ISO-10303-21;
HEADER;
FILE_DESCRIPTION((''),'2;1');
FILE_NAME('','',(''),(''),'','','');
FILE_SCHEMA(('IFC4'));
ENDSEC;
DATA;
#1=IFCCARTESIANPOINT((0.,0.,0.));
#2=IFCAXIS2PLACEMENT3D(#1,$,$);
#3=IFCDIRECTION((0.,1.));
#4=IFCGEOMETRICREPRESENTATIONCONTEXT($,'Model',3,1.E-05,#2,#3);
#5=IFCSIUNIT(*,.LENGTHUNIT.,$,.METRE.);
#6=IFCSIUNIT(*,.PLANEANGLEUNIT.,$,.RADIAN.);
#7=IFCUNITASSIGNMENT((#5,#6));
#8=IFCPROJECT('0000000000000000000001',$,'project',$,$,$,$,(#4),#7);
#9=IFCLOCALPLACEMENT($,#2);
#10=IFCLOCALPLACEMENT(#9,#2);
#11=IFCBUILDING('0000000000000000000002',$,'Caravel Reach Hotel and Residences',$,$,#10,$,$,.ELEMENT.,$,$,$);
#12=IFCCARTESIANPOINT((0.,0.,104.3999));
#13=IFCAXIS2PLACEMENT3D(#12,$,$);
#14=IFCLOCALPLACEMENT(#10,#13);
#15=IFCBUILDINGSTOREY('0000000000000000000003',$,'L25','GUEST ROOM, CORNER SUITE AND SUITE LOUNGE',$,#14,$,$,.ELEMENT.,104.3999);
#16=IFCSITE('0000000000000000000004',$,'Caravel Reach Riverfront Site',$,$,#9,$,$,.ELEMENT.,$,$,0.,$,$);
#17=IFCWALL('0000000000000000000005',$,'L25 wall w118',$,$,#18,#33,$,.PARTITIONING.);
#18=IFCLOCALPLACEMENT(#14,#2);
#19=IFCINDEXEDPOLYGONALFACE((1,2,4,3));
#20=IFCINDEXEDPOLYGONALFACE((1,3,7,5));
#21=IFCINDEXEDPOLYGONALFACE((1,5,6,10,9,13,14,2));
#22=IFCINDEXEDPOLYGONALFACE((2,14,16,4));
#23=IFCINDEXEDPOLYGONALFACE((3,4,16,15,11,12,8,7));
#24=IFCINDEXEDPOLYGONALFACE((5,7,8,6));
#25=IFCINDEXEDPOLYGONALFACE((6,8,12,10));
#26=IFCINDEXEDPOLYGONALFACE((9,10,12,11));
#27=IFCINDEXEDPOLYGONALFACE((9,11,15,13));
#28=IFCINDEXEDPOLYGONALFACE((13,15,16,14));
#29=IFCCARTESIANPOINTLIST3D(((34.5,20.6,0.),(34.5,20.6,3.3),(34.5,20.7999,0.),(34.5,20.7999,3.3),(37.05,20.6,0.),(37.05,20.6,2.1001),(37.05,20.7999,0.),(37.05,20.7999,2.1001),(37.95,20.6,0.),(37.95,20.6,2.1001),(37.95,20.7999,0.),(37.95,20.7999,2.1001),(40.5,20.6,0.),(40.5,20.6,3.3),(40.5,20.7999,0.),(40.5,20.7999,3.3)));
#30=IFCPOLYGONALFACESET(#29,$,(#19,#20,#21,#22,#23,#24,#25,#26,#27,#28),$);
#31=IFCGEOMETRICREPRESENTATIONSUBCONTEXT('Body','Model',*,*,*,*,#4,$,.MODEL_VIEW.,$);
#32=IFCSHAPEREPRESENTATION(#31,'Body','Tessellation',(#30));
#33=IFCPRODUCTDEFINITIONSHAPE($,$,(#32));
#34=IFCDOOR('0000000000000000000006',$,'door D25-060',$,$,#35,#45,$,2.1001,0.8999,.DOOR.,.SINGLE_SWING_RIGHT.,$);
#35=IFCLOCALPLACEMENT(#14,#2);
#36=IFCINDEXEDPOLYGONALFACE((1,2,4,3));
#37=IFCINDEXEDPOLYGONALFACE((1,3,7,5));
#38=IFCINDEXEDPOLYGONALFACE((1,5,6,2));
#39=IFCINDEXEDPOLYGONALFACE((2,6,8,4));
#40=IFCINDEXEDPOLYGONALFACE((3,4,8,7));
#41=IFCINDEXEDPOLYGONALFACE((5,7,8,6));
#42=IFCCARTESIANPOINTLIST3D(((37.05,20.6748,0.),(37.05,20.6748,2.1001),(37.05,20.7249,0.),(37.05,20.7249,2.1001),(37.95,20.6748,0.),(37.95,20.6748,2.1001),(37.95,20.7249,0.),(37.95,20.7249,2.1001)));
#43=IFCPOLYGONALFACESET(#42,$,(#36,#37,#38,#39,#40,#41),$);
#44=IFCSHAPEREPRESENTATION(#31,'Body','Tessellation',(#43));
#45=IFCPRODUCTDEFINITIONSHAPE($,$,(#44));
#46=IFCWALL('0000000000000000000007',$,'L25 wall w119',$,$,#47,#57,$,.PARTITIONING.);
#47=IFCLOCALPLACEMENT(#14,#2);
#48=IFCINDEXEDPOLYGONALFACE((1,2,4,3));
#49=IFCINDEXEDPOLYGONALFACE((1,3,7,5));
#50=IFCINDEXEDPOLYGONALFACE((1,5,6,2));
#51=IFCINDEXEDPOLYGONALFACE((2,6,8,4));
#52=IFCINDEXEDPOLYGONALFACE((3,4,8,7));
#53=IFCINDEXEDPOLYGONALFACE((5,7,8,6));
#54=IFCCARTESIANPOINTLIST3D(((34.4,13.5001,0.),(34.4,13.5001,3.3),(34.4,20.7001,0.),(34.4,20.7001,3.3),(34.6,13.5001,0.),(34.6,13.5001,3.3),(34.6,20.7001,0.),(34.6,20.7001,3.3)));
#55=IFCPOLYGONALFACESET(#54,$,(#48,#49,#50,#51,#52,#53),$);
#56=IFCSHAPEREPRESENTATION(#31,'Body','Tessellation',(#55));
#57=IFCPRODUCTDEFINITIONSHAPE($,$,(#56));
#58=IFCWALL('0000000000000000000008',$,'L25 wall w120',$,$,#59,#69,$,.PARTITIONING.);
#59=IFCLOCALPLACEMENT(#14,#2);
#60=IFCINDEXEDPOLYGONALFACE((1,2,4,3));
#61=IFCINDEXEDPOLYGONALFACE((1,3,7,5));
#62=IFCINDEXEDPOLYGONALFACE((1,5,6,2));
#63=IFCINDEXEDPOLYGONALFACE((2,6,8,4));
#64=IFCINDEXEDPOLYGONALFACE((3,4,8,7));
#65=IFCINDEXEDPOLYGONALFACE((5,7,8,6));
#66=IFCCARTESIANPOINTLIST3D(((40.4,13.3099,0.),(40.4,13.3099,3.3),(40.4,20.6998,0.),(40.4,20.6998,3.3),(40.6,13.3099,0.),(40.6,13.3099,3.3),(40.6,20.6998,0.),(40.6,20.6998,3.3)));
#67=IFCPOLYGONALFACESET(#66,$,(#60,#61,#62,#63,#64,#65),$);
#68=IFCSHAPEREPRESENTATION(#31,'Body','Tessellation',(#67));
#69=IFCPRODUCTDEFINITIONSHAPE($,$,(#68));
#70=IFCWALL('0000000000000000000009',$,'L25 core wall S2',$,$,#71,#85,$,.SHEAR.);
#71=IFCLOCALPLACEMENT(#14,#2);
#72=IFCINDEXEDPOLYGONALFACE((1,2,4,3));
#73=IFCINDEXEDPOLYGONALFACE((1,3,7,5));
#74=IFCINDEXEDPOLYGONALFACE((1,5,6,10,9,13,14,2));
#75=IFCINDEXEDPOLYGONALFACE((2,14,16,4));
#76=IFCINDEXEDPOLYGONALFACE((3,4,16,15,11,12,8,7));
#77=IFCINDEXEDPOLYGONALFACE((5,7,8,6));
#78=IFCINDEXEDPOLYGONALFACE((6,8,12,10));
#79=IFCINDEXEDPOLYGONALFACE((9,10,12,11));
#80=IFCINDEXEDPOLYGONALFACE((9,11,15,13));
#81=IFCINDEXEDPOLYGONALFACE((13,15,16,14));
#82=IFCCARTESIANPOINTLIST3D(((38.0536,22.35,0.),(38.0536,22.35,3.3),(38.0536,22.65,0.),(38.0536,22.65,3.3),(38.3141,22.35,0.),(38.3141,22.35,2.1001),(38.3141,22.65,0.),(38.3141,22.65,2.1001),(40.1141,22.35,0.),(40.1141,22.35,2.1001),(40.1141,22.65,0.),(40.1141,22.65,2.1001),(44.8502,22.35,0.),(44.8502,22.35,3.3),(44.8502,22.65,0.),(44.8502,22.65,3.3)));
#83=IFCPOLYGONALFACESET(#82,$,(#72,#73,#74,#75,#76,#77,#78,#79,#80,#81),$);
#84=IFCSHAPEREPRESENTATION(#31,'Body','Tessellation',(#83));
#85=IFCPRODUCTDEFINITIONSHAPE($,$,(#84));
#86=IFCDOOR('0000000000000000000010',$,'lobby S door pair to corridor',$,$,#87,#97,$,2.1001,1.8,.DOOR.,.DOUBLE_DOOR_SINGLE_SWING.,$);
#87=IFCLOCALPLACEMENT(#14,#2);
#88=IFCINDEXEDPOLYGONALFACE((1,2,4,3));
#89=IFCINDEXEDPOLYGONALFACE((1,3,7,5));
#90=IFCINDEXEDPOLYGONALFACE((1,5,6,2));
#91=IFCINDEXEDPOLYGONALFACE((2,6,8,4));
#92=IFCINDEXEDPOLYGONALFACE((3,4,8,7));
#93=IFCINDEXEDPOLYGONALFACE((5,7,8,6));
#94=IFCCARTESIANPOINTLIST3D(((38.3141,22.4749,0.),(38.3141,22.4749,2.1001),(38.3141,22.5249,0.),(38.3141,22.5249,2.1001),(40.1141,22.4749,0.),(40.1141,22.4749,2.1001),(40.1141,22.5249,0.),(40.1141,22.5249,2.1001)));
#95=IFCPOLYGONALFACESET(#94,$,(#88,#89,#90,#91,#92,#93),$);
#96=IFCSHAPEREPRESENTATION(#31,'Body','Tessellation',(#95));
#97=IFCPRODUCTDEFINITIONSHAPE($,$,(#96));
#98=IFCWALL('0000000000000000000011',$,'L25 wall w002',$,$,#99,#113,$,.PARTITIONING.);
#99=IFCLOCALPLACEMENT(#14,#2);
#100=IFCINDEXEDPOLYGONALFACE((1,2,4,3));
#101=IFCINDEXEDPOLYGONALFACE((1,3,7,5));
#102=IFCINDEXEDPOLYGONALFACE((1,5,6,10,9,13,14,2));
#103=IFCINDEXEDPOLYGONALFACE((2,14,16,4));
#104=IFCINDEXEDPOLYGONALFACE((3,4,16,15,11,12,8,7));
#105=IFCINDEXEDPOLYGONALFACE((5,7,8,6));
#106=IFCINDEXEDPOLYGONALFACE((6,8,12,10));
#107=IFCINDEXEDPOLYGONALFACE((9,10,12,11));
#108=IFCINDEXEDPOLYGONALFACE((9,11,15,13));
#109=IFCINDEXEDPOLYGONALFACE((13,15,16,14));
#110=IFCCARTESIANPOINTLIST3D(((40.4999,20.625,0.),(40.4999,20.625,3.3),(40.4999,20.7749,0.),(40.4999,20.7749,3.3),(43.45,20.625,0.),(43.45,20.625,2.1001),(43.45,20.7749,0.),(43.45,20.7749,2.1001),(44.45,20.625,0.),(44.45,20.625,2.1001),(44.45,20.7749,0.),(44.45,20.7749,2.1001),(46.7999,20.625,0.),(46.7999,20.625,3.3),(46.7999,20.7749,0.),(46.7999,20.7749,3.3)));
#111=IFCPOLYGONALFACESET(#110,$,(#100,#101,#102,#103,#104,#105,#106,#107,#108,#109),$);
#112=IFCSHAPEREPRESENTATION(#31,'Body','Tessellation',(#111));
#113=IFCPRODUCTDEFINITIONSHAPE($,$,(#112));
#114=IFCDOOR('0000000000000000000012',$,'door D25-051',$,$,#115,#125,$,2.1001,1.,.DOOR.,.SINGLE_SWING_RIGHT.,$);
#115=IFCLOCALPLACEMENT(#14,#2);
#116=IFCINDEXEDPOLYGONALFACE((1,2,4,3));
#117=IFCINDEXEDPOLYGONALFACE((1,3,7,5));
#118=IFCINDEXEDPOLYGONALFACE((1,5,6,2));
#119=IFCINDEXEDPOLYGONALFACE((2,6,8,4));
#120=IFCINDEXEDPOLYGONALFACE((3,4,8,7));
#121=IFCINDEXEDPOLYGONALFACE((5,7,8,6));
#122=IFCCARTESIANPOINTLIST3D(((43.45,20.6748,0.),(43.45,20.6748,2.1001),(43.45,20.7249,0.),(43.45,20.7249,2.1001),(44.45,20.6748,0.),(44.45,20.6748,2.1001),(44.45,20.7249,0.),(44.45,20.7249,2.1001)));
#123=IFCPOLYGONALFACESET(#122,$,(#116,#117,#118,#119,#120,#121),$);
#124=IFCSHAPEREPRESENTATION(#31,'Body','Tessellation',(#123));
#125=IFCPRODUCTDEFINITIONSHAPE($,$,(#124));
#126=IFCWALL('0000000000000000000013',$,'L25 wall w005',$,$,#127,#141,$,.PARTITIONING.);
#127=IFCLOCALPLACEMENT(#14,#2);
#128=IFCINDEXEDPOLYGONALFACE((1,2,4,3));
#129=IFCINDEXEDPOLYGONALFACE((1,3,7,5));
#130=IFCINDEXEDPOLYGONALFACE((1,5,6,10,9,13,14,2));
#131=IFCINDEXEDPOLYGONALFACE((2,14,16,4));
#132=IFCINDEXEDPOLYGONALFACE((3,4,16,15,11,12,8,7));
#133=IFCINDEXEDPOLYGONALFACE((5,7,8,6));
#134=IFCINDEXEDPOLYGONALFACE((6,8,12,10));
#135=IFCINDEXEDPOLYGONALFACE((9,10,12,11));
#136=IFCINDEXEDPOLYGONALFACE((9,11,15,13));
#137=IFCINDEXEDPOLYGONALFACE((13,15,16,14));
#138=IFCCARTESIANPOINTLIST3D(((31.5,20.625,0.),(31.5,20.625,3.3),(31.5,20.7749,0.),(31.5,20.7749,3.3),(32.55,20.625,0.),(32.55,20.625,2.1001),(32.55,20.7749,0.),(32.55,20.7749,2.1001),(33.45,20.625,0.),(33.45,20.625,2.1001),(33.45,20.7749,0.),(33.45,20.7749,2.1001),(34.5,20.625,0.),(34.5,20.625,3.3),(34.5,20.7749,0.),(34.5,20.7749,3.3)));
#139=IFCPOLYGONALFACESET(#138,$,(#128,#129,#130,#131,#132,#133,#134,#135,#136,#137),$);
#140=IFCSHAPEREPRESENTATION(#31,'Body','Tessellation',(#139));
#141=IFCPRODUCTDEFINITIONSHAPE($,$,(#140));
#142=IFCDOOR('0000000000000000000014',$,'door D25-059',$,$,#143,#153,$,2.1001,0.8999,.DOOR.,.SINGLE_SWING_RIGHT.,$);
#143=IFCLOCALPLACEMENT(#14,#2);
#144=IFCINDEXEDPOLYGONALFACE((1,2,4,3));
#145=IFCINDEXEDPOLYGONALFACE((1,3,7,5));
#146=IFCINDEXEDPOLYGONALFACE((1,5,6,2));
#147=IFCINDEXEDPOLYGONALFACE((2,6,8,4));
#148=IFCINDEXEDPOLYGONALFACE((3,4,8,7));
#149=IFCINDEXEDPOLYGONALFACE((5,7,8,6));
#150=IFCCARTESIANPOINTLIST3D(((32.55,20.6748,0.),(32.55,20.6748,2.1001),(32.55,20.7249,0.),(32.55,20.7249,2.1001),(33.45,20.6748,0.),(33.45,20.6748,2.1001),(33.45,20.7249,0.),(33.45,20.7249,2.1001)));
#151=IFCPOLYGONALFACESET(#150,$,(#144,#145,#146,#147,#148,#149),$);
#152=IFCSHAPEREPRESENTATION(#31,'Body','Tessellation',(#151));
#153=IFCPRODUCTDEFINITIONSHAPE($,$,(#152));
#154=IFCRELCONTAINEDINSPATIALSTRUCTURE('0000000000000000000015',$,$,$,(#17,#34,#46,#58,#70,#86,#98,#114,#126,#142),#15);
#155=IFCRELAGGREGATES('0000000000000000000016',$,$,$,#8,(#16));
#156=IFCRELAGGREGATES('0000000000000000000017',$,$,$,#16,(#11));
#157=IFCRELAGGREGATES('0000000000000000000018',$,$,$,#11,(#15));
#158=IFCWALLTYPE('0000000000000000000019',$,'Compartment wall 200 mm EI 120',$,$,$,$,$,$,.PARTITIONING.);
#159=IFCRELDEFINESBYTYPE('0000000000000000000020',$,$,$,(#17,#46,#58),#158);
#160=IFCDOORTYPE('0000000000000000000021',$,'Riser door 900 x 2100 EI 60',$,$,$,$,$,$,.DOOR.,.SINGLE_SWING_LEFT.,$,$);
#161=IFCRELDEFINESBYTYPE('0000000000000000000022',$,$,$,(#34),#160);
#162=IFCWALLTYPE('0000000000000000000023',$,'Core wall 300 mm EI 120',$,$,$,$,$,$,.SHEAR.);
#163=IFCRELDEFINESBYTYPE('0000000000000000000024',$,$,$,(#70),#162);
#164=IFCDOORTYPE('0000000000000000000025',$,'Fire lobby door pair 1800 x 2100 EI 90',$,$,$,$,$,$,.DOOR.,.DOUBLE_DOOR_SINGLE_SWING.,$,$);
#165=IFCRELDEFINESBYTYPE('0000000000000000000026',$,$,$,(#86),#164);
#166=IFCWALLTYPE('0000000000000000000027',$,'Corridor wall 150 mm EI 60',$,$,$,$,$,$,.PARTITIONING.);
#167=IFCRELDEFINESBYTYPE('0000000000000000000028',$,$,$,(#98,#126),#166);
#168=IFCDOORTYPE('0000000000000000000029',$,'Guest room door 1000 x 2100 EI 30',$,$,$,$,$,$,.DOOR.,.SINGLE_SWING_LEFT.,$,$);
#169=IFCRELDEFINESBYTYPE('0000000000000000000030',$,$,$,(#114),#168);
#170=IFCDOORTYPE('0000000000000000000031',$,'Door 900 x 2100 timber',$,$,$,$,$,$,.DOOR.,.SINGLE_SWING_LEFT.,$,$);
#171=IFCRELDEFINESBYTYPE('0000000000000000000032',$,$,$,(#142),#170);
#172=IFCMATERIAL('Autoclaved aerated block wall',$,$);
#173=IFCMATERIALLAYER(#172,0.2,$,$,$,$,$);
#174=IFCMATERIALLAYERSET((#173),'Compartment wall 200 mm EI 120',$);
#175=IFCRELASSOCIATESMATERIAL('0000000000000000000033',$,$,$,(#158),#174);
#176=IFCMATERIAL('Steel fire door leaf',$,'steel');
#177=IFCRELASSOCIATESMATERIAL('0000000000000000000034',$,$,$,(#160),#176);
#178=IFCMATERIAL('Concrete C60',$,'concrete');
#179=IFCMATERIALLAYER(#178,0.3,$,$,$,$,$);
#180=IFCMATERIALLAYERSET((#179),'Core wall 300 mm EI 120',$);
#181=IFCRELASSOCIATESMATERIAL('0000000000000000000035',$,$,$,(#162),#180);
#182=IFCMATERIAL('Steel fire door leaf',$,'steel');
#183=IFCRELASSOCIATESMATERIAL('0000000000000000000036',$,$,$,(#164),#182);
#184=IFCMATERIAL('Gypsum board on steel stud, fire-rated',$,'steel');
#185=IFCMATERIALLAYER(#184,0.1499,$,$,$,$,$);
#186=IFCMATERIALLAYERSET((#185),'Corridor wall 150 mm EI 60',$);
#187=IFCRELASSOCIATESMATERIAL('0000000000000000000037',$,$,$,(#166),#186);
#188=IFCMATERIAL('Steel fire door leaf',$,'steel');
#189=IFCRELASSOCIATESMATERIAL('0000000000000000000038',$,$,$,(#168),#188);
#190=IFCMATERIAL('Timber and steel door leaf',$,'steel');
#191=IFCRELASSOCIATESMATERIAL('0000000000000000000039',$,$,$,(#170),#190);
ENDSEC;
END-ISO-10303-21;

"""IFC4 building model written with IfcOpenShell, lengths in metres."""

from ifc_helpers import new_model, si_unit, direction, frame, frame_2d, origin, place, context, subcontext, project, spatial, rectangle, extrude, material, layer, layer_set, type_object, element, fill, save


model = new_model("IFC4")

# Units and contexts
model_context = context("Model", 3, precision=1e-05, world=origin(), true_north=direction((0.0, 1.0)))
body_context = subcontext(model_context, "Body", "Model", "MODEL_VIEW")
ifc_project = project(units=[si_unit("LENGTHUNIT", "METRE"), si_unit("PLANEANGLEUNIT", "RADIAN")], contexts=[model_context])

# Site, building, storey
site_placement = place(None, origin())
site = spatial("IfcSite", under=ifc_project, at=site_placement, Name="Caravel Reach Riverfront Site", CompositionType="ELEMENT", RefElevation=0.0)
building_placement = place(site_placement, origin())
building = spatial("IfcBuilding", under=site, at=building_placement, Name="Caravel Reach Hotel and Residences", CompositionType="ELEMENT")
storey_placement = place(building_placement, frame((0.0, 0.0, 104.3999)))
storey = spatial("IfcBuildingStorey", under=building, at=storey_placement, Name="L25", Description="GUEST ROOM, CORNER SUITE AND SUITE LOUNGE", CompositionType="ELEMENT", Elevation=104.3999)

# Shared definitions
ifc_material_1 = material(Name="Autoclaved aerated block wall")
ifc_layer_1 = layer(ifc_material_1, 0.2)
ifc_layer_set_1 = layer_set([ifc_layer_1], Name="Compartment wall 200 mm EI 120")
wall_type_1 = type_object("IfcWallType", Name="Compartment wall 200 mm EI 120", PredefinedType="PARTITIONING", material=ifc_layer_set_1)

# Wall, opening, door
wall_1_placement = place(storey_placement, frame((34.5, 20.7, 0.0), z_axis=(0.0, 0.0, 1.0), x_axis=(1.0, 0.0, 0.0)))
wall_1 = element("IfcWall", 1, at=wall_1_placement, inside=storey, type_object=wall_type_1, Name="L25 wall w118", PredefinedType="PARTITIONING", context=body_context, shape_type="SweptSolid", body=[
    extrude(rectangle(XDim=6.0, YDim=0.2, at=frame_2d((3.0, 0.0))), origin(), (0.0, 0.0, 1.0), 3.3),
])
opening_1_placement = place(wall_1_placement, frame((2.55, 0.0, 0.0)))
opening_1 = element("IfcOpeningElement", 2, at=opening_1_placement, cuts=wall_1, PredefinedType="OPENING", context=body_context, shape_type="SweptSolid", body=[
    extrude(rectangle(XDim=0.8999, YDim=2.1001, at=frame_2d((0.45, 1.05))), frame((0.0, 0.1099, 0.0), z_axis=(0.0, -1.0, 0.0), x_axis=(1.0, 0.0, 0.0)), (0.0, 0.0, 1.0), 0.22),
])
ifc_material_2 = material(Name="Steel fire door leaf", Category="steel")
door_type_1 = type_object("IfcDoorType", Name="Riser door 900 x 2100 EI 60", OperationType="SINGLE_SWING_LEFT", PredefinedType="DOOR", material=ifc_material_2)
door_1_placement = place(opening_1_placement, origin())
door_1 = element("IfcDoor", 3, at=door_1_placement, inside=storey, type_object=door_type_1, Name="door D25-060", OperationType="SINGLE_SWING_RIGHT", OverallHeight=2.1001, OverallWidth=0.8999, PredefinedType="DOOR", context=body_context, shape_type="SweptSolid", body=[
    extrude(rectangle(XDim=0.8999, YDim=2.1001, at=frame_2d((0.45, 1.05))), frame((0.0, 0.0249, 0.0), z_axis=(0.0, -1.0, 0.0), x_axis=(1.0, 0.0, 0.0)), (0.0, 0.0, 1.0), 0.05),
])
fill(opening_1, door_1)

# Walls
wall_2_placement = place(storey_placement, frame((34.5, 13.5, 0.0), z_axis=(0.0, 0.0, 1.0), x_axis=(0.0, 1.0, 0.0)))
element("IfcWall", 4, at=wall_2_placement, inside=storey, type_object=wall_type_1, Name="L25 wall w119", PredefinedType="PARTITIONING", context=body_context, shape_type="SweptSolid", body=[
    extrude(rectangle(XDim=7.2, YDim=0.2, at=frame_2d((3.6001, 0.0))), origin(), (0.0, 0.0, 1.0), 3.3),
])
wall_3_placement = place(storey_placement, frame((40.5, 13.3101, 0.0), z_axis=(0.0, 0.0, 1.0), x_axis=(0.0, 1.0, 0.0)))
element("IfcWall", 5, at=wall_3_placement, inside=storey, type_object=wall_type_1, Name="L25 wall w120", PredefinedType="PARTITIONING", context=body_context, shape_type="SweptSolid", body=[
    extrude(rectangle(XDim=7.3899, YDim=0.2, at=frame_2d((3.6948, 0.0))), origin(), (0.0, 0.0, 1.0), 3.3),
])

# Walls, openings, doors
ifc_material_3 = material(Name="Concrete C60", Category="concrete")
ifc_layer_2 = layer(ifc_material_3, 0.3)
ifc_layer_set_2 = layer_set([ifc_layer_2], Name="Core wall 300 mm EI 120")
wall_type_2 = type_object("IfcWallType", Name="Core wall 300 mm EI 120", PredefinedType="SHEAR", material=ifc_layer_set_2)
wall_4_placement = place(storey_placement, frame((38.0535, 22.5, 0.0), z_axis=(0.0, 0.0, 1.0), x_axis=(1.0, 0.0, 0.0)))
wall_4 = element("IfcWall", 6, at=wall_4_placement, inside=storey, type_object=wall_type_2, Name="L25 core wall S2", PredefinedType="SHEAR", context=body_context, shape_type="SweptSolid", body=[
    extrude(rectangle(XDim=6.7966, YDim=0.3, at=frame_2d((3.3984, 0.0))), origin(), (0.0, 0.0, 1.0), 3.3),
])
opening_2_placement = place(wall_4_placement, frame((0.2607, 0.0, 0.0)))
opening_2 = element("IfcOpeningElement", 7, at=opening_2_placement, cuts=wall_4, PredefinedType="OPENING", context=body_context, shape_type="SweptSolid", body=[
    extrude(rectangle(XDim=1.8, YDim=2.1001, at=frame_2d((0.8999, 1.05))), frame((0.0, 0.1599, 0.0), z_axis=(0.0, -1.0, 0.0), x_axis=(1.0, 0.0, 0.0)), (0.0, 0.0, 1.0), 0.3201),
])
ifc_material_4 = material(Name="Steel fire door leaf", Category="steel")
door_type_2 = type_object("IfcDoorType", Name="Fire lobby door pair 1800 x 2100 EI 90", OperationType="DOUBLE_DOOR_SINGLE_SWING", PredefinedType="DOOR", material=ifc_material_4)
door_2_placement = place(opening_2_placement, origin())
door_2 = element("IfcDoor", 8, at=door_2_placement, inside=storey, type_object=door_type_2, Name="lobby S door pair to corridor", OperationType="DOUBLE_DOOR_SINGLE_SWING", OverallHeight=2.1001, OverallWidth=1.8, PredefinedType="DOOR", context=body_context, shape_type="SweptSolid", body=[
    extrude(rectangle(XDim=1.8, YDim=2.1001, at=frame_2d((0.8999, 1.05))), frame((0.0, 0.0249, 0.0), z_axis=(0.0, -1.0, 0.0), x_axis=(1.0, 0.0, 0.0)), (0.0, 0.0, 1.0), 0.05),
])
fill(opening_2, door_2)
ifc_material_5 = material(Name="Gypsum board on steel stud, fire-rated", Category="steel")
ifc_layer_3 = layer(ifc_material_5, 0.1499)
ifc_layer_set_3 = layer_set([ifc_layer_3], Name="Corridor wall 150 mm EI 60")
wall_type_3 = type_object("IfcWallType", Name="Corridor wall 150 mm EI 60", PredefinedType="PARTITIONING", material=ifc_layer_set_3)
wall_5_placement = place(storey_placement, frame((40.5, 20.7, 0.0), z_axis=(0.0, 0.0, 1.0), x_axis=(1.0, 0.0, 0.0)))
wall_5 = element("IfcWall", 9, at=wall_5_placement, inside=storey, type_object=wall_type_3, Name="L25 wall w002", PredefinedType="PARTITIONING", context=body_context, shape_type="SweptSolid", body=[
    extrude(rectangle(XDim=6.3, YDim=0.1499, at=frame_2d((3.1499, 0.0))), origin(), (0.0, 0.0, 1.0), 3.3),
])
opening_3_placement = place(wall_5_placement, frame((2.95, 0.0, 0.0)))
opening_3 = element("IfcOpeningElement", 10, at=opening_3_placement, cuts=wall_5, PredefinedType="OPENING", context=body_context, shape_type="SweptSolid", body=[
    extrude(rectangle(XDim=1.0, YDim=2.1001, at=frame_2d((0.5, 1.05))), frame((0.0, 0.085, 0.0), z_axis=(0.0, -1.0, 0.0), x_axis=(1.0, 0.0, 0.0)), (0.0, 0.0, 1.0), 0.1699),
])
ifc_material_6 = material(Name="Steel fire door leaf", Category="steel")
door_type_3 = type_object("IfcDoorType", Name="Guest room door 1000 x 2100 EI 30", OperationType="SINGLE_SWING_LEFT", PredefinedType="DOOR", material=ifc_material_6)
door_3_placement = place(opening_3_placement, origin())
door_3 = element("IfcDoor", 11, at=door_3_placement, inside=storey, type_object=door_type_3, Name="door D25-051", OperationType="SINGLE_SWING_RIGHT", OverallHeight=2.1001, OverallWidth=1.0, PredefinedType="DOOR", context=body_context, shape_type="SweptSolid", body=[
    extrude(rectangle(XDim=1.0, YDim=2.1001, at=frame_2d((0.5, 1.05))), frame((0.0, 0.0249, 0.0), z_axis=(0.0, -1.0, 0.0), x_axis=(1.0, 0.0, 0.0)), (0.0, 0.0, 1.0), 0.05),
])
fill(opening_3, door_3)
wall_6_placement = place(storey_placement, frame((31.5, 20.7, 0.0), z_axis=(0.0, 0.0, 1.0), x_axis=(1.0, 0.0, 0.0)))
wall_6 = element("IfcWall", 12, at=wall_6_placement, inside=storey, type_object=wall_type_3, Name="L25 wall w005", PredefinedType="PARTITIONING", context=body_context, shape_type="SweptSolid", body=[
    extrude(rectangle(XDim=3.0, YDim=0.1499, at=frame_2d((1.5, 0.0))), origin(), (0.0, 0.0, 1.0), 3.3),
])
opening_4_placement = place(wall_6_placement, frame((1.05, 0.0, 0.0)))
opening_4 = element("IfcOpeningElement", 13, at=opening_4_placement, cuts=wall_6, PredefinedType="OPENING", context=body_context, shape_type="SweptSolid", body=[
    extrude(rectangle(XDim=0.8999, YDim=2.1001, at=frame_2d((0.45, 1.05))), frame((0.0, 0.085, 0.0), z_axis=(0.0, -1.0, 0.0), x_axis=(1.0, 0.0, 0.0)), (0.0, 0.0, 1.0), 0.1699),
])
ifc_material_7 = material(Name="Timber and steel door leaf", Category="steel")
door_type_4 = type_object("IfcDoorType", Name="Door 900 x 2100 timber", OperationType="SINGLE_SWING_LEFT", PredefinedType="DOOR", material=ifc_material_7)
door_4_placement = place(opening_4_placement, origin())
door_4 = element("IfcDoor", 14, at=door_4_placement, inside=storey, type_object=door_type_4, Name="door D25-059", OperationType="SINGLE_SWING_RIGHT", OverallHeight=2.1001, OverallWidth=0.8999, PredefinedType="DOOR", context=body_context, shape_type="SweptSolid", body=[
    extrude(rectangle(XDim=0.8999, YDim=2.1001, at=frame_2d((0.45, 1.05))), frame((0.0, 0.0249, 0.0), z_axis=(0.0, -1.0, 0.0), x_axis=(1.0, 0.0, 0.0)), (0.0, 0.0, 1.0), 0.05),
])
fill(opening_4, door_4)

save(model, "model.ifc")
